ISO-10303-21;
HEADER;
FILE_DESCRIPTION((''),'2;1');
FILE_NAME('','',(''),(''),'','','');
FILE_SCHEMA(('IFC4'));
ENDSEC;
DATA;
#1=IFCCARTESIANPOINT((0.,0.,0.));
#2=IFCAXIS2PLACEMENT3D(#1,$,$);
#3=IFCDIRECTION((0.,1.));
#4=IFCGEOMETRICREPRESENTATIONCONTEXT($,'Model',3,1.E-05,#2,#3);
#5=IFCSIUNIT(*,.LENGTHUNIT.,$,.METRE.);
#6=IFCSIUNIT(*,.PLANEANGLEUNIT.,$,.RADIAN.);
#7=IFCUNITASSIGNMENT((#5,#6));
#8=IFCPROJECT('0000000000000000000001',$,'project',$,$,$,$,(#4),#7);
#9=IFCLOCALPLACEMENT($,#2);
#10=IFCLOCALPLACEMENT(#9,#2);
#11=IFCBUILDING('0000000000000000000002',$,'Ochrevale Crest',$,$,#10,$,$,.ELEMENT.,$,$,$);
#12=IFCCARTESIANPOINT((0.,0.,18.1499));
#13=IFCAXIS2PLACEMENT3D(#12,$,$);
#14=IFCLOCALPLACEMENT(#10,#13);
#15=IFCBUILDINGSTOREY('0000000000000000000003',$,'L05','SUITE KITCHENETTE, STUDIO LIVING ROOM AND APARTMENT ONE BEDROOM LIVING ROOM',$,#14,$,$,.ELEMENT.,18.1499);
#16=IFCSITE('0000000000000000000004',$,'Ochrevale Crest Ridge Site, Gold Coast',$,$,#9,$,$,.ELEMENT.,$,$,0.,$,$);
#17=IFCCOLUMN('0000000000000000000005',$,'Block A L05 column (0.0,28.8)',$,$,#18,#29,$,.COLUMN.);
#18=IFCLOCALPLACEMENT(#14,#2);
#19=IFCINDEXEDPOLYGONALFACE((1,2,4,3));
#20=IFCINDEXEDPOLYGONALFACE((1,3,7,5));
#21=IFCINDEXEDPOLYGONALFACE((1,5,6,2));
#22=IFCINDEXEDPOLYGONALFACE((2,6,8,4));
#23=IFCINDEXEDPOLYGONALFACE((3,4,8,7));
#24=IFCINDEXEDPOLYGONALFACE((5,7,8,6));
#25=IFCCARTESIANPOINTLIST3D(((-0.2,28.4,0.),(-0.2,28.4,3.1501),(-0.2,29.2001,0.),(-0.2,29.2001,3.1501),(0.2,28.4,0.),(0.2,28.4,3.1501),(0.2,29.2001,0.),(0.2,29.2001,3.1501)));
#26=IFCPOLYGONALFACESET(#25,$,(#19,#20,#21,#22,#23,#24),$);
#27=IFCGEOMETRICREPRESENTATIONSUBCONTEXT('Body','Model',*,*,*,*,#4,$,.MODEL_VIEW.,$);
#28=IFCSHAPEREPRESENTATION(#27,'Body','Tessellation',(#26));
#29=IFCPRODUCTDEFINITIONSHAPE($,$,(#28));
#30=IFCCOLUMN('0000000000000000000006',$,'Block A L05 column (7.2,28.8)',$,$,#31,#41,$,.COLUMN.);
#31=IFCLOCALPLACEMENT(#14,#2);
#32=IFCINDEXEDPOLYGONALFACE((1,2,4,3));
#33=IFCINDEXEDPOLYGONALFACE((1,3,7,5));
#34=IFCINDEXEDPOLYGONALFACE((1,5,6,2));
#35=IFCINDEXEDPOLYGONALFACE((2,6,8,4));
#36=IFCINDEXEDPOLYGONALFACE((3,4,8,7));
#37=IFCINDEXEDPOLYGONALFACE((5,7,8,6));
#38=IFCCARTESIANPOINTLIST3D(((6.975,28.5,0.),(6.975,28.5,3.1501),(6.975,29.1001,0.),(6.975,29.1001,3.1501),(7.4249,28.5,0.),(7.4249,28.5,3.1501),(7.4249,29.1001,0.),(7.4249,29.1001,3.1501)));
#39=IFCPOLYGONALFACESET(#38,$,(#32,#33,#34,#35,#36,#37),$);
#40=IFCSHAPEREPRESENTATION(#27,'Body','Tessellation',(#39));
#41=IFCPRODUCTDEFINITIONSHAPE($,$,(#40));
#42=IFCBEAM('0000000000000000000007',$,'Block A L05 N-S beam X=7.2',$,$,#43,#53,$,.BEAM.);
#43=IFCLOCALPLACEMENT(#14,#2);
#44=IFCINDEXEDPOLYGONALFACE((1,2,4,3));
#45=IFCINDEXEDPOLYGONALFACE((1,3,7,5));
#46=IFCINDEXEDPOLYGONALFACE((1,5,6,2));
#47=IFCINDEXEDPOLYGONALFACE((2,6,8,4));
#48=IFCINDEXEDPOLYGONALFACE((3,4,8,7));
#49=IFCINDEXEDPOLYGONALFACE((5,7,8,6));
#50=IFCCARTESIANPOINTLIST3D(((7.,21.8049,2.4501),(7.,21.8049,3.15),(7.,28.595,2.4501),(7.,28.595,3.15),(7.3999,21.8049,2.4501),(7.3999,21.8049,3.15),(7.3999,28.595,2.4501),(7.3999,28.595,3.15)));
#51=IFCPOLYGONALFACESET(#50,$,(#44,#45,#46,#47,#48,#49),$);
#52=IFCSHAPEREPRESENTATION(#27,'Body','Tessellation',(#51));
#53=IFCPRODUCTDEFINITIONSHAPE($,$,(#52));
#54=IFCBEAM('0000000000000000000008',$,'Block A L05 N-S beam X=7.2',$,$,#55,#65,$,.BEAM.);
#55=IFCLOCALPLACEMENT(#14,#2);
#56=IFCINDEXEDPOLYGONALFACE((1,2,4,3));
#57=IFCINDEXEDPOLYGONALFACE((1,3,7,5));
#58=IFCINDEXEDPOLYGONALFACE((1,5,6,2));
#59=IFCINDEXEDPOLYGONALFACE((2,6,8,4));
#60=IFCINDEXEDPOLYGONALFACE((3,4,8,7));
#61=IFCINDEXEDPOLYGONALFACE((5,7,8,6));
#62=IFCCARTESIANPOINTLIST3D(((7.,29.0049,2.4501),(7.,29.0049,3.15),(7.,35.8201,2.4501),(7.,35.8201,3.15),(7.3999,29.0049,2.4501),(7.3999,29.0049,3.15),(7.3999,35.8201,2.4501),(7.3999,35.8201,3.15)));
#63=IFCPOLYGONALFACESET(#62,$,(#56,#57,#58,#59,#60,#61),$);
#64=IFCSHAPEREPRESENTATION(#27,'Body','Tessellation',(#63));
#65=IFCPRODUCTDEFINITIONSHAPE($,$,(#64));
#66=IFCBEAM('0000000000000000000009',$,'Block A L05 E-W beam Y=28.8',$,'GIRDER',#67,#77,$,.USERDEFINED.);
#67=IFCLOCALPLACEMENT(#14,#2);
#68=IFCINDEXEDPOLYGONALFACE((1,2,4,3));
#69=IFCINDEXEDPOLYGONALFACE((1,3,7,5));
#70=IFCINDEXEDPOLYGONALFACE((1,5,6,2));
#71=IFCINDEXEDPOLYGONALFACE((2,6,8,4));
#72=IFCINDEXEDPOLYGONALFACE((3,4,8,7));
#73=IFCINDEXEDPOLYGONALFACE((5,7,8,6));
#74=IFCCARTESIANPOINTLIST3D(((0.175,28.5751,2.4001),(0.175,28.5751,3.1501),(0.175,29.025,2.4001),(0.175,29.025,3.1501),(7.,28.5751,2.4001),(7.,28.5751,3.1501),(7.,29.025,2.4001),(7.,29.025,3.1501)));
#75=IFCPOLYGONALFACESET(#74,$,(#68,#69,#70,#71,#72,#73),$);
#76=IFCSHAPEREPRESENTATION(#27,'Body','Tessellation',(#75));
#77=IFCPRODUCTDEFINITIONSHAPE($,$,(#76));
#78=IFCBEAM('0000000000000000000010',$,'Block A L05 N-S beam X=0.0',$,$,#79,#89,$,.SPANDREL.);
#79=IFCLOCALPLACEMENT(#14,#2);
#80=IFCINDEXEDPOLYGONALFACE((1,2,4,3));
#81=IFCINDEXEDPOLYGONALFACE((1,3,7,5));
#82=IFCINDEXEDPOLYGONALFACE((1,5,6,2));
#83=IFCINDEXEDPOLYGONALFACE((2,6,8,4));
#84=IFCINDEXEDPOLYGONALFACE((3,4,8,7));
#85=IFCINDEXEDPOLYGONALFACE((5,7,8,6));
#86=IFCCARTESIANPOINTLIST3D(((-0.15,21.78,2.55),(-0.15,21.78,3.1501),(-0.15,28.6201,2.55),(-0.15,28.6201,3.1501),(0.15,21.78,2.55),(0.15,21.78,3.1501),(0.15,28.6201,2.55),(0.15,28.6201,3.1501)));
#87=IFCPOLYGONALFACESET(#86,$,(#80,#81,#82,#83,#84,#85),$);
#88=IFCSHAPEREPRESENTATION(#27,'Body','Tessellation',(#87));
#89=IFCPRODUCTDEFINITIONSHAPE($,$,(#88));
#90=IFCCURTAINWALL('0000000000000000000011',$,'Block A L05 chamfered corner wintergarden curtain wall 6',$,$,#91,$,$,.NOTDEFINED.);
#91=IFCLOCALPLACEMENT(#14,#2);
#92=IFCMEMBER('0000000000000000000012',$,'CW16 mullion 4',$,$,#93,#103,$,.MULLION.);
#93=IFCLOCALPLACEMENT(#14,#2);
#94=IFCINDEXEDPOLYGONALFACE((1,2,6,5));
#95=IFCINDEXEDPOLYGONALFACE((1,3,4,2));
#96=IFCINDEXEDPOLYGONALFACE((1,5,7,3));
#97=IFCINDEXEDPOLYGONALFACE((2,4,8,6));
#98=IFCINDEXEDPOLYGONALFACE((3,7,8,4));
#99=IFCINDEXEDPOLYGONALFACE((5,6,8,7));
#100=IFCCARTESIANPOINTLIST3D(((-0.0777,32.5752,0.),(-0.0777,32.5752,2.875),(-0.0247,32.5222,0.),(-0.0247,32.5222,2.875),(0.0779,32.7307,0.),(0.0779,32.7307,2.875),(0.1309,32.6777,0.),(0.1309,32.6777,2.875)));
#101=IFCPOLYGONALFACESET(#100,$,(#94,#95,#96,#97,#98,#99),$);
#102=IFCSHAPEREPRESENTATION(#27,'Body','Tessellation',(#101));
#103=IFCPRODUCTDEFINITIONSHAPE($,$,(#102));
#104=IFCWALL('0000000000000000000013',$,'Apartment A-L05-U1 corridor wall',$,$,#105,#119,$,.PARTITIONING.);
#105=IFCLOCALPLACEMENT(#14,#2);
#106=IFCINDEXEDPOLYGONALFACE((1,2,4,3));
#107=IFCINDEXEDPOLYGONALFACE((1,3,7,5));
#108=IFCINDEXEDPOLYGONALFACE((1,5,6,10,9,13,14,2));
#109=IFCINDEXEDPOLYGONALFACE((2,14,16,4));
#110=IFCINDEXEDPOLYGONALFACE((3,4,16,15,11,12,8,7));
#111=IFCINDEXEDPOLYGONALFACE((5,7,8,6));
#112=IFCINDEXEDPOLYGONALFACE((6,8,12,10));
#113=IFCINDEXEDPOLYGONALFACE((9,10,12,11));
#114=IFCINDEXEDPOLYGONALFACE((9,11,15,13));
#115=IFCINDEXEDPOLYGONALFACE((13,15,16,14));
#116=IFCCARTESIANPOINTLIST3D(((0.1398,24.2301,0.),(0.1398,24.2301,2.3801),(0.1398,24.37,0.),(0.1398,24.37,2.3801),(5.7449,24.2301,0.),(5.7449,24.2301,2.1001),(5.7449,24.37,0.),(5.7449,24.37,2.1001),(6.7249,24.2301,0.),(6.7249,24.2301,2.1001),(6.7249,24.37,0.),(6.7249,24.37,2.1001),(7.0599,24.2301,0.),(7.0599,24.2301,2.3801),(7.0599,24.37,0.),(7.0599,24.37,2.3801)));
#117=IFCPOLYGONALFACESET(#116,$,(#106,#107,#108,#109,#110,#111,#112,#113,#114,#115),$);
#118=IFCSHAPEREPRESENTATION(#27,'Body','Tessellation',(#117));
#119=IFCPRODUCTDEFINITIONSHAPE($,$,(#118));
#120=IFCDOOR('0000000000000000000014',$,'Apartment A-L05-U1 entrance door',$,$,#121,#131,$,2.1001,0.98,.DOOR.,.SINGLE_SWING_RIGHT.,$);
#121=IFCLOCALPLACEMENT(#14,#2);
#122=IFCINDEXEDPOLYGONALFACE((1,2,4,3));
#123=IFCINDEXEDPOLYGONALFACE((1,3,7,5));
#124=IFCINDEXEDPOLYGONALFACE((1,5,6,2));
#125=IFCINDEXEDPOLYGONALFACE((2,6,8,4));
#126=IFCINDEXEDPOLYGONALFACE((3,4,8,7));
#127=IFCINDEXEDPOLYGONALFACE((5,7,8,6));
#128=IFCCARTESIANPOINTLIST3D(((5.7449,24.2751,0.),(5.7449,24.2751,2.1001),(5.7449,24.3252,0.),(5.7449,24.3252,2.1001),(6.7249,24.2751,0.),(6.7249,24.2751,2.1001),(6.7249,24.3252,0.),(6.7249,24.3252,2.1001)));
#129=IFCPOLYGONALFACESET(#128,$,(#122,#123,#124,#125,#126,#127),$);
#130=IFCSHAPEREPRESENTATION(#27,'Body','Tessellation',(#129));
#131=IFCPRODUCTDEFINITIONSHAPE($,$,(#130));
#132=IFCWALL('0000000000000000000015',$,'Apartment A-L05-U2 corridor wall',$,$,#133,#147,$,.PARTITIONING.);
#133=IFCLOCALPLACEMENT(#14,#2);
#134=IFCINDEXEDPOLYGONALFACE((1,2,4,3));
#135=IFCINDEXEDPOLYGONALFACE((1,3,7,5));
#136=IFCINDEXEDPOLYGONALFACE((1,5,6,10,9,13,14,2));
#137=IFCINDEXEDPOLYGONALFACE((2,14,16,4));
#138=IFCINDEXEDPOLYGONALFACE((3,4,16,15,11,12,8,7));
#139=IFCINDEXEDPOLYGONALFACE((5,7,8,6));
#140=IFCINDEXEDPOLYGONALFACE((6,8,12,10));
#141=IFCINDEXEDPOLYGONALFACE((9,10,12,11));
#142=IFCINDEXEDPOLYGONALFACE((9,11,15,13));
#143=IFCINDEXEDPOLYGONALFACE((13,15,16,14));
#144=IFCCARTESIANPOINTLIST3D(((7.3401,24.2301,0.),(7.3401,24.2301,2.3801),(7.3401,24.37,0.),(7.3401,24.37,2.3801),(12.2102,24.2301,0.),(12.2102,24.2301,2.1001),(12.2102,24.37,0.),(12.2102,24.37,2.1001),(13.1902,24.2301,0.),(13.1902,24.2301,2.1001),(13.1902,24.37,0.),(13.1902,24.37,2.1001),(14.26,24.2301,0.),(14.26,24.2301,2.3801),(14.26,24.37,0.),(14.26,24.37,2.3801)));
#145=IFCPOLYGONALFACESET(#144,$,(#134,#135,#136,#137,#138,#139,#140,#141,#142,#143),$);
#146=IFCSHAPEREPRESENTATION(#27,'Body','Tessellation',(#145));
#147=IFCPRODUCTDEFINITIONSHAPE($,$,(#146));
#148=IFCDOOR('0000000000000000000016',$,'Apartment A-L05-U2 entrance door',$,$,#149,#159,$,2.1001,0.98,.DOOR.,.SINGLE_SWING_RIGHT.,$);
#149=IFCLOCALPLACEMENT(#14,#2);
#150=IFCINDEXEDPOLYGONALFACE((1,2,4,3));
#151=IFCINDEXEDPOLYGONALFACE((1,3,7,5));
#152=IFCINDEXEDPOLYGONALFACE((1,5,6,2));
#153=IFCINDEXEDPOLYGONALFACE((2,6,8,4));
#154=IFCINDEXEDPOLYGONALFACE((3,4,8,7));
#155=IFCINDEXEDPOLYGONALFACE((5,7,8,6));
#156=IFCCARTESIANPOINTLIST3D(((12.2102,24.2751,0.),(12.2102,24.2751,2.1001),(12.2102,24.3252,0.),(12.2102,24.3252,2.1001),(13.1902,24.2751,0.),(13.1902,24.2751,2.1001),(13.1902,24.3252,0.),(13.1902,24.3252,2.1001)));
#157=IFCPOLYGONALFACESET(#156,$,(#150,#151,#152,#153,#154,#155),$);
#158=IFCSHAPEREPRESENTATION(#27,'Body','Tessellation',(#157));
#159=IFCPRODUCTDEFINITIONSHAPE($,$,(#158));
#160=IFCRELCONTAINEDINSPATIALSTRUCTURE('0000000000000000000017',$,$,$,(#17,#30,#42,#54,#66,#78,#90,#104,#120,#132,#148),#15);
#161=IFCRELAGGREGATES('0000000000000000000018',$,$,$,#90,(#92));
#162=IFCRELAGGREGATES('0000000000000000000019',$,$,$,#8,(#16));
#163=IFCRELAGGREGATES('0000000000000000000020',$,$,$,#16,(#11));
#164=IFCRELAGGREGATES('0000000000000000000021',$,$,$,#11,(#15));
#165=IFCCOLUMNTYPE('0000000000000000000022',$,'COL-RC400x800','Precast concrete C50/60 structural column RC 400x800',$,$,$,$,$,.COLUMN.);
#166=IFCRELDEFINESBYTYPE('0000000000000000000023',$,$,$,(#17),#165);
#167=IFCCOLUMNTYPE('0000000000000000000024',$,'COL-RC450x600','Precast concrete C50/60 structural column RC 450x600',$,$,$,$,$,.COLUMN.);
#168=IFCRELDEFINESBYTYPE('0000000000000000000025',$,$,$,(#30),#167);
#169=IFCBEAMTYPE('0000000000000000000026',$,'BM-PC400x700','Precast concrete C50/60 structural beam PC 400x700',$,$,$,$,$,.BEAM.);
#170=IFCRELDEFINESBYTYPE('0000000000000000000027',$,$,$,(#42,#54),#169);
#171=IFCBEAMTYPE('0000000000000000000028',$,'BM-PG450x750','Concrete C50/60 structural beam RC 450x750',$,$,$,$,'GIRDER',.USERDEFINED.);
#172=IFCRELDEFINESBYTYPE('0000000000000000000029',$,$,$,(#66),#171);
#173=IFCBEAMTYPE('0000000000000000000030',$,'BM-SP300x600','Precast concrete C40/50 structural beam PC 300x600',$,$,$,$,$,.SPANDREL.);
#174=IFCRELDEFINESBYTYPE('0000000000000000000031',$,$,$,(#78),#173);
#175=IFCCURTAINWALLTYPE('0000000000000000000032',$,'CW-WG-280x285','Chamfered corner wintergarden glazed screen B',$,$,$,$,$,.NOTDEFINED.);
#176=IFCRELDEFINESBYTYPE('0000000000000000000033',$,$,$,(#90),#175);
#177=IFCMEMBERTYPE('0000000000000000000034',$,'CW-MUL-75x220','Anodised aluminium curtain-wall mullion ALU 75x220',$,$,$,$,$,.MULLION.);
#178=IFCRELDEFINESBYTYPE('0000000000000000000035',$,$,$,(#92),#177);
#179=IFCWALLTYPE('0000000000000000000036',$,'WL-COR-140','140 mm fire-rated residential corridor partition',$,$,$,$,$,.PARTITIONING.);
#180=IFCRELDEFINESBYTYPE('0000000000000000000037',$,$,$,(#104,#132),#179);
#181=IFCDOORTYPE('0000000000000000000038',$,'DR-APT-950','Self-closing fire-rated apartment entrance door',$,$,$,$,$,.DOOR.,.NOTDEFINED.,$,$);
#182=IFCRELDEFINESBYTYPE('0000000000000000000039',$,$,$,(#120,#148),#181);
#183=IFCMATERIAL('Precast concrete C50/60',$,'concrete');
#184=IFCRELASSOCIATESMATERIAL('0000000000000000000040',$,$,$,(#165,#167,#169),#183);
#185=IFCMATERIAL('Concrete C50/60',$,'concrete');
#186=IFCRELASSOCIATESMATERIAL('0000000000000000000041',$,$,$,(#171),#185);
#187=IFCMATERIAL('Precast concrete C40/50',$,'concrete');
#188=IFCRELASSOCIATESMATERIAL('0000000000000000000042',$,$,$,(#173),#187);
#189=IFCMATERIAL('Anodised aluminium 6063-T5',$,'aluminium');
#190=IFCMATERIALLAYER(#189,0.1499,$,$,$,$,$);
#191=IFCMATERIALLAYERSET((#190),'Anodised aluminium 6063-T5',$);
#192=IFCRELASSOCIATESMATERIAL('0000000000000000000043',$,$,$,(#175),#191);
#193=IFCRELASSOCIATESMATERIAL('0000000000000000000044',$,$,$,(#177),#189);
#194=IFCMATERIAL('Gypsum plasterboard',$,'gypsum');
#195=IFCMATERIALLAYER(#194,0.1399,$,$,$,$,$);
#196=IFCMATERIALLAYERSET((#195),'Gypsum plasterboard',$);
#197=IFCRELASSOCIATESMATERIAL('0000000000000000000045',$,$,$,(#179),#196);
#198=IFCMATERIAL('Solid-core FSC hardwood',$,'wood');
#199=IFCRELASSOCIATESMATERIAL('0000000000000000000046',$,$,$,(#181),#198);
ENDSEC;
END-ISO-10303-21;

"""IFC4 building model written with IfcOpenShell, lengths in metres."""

from ifc_helpers import new_model, si_unit, direction, frame, frame_2d, origin, origin_2d, place, context, subcontext, project, spatial, rectangle, extrude, material, layer, layer_set, material_profile, profile_set, type_object, element, fill, aggregate, save


model = new_model("IFC4")

# Units and contexts
model_context = context("Model", 3, precision=1e-05, world=origin(), true_north=direction((0.0, 1.0)))
body_context = subcontext(model_context, "Body", "Model", "MODEL_VIEW")
ifc_project = project(units=[si_unit("LENGTHUNIT", "METRE"), si_unit("PLANEANGLEUNIT", "RADIAN")], contexts=[model_context])

# Site, building, storey
site_placement = place(None, origin())
site = spatial("IfcSite", under=ifc_project, at=site_placement, Name="Ochrevale Crest Ridge Site, Gold Coast", CompositionType="ELEMENT", RefElevation=0.0)
building_placement = place(site_placement, origin())
building = spatial("IfcBuilding", under=site, at=building_placement, Name="Ochrevale Crest", CompositionType="ELEMENT")
storey_placement = place(building_placement, frame((0.0, 0.0, 18.1499)))
storey = spatial("IfcBuildingStorey", under=building, at=storey_placement, Name="L05", Description="SUITE KITCHENETTE, STUDIO LIVING ROOM AND APARTMENT ONE BEDROOM LIVING ROOM", CompositionType="ELEMENT", Elevation=18.1499)

# Columns
ifc_material_1 = material(Name="Precast concrete C50/60", Category="concrete")
ifc_material_profile_1 = material_profile(ifc_material_1, rectangle(XDim=0.3999, YDim=0.8, at=origin_2d()), Name="RC 400x800")
ifc_profile_set_1 = profile_set([ifc_material_profile_1], Name="Precast concrete C50/60")
column_type_1 = type_object("IfcColumnType", Name="COL-RC400x800", Description="Precast concrete C50/60 structural column RC 400x800", PredefinedType="COLUMN", material=ifc_profile_set_1)
column_1_placement = place(storey_placement, frame((0.0, 28.8, 0.0), z_axis=(0.0, 0.0, 1.0), x_axis=(1.0, 0.0, 0.0)))
element("IfcColumn", 1, at=column_1_placement, inside=storey, type_object=column_type_1, Name="Block A L05 column (0.0,28.8)", PredefinedType="COLUMN", context=body_context, shape_type="SweptSolid", body=[
    extrude(rectangle(XDim=0.3999, YDim=0.8, at=origin_2d()), origin(), (0.0, 0.0, 1.0), 3.1501),
])
ifc_material_profile_2 = material_profile(ifc_material_1, rectangle(XDim=0.45, YDim=0.6001, at=origin_2d()), Name="RC 450x600")
ifc_profile_set_2 = profile_set([ifc_material_profile_2], Name="Precast concrete C50/60")
column_type_2 = type_object("IfcColumnType", Name="COL-RC450x600", Description="Precast concrete C50/60 structural column RC 450x600", PredefinedType="COLUMN", material=ifc_profile_set_2)
column_2_placement = place(storey_placement, frame((7.2, 28.8, 0.0), z_axis=(0.0, 0.0, 1.0), x_axis=(1.0, 0.0, 0.0)))
element("IfcColumn", 2, at=column_2_placement, inside=storey, type_object=column_type_2, Name="Block A L05 column (7.2,28.8)", PredefinedType="COLUMN", context=body_context, shape_type="SweptSolid", body=[
    extrude(rectangle(XDim=0.45, YDim=0.6001, at=origin_2d()), origin(), (0.0, 0.0, 1.0), 3.1501),
])

# Beams
ifc_material_profile_3 = material_profile(ifc_material_1, rectangle(XDim=0.3999, YDim=0.7, at=origin_2d()), Name="PC 400x700")
ifc_profile_set_3 = profile_set([ifc_material_profile_3], Name="Precast concrete C50/60")
beam_type_1 = type_object("IfcBeamType", Name="BM-PC400x700", Description="Precast concrete C50/60 structural beam PC 400x700", PredefinedType="BEAM", material=ifc_profile_set_3)
beam_1_placement = place(storey_placement, frame((7.2, 21.8049, 2.8), z_axis=(0.0, 1.0, 0.0), x_axis=(-1.0, 0.0, 0.0)))
element("IfcBeam", 3, at=beam_1_placement, inside=storey, type_object=beam_type_1, Name="Block A L05 N-S beam X=7.2", PredefinedType="BEAM", context=body_context, shape_type="SweptSolid", body=[
    extrude(rectangle(XDim=0.3999, YDim=0.7, at=origin_2d()), origin(), (0.0, 0.0, 1.0), 6.79),
])
beam_2_placement = place(storey_placement, frame((7.2, 29.0049, 2.8), z_axis=(0.0, 1.0, 0.0), x_axis=(-1.0, 0.0, 0.0)))
element("IfcBeam", 4, at=beam_2_placement, inside=storey, type_object=beam_type_1, Name="Block A L05 N-S beam X=7.2", PredefinedType="BEAM", context=body_context, shape_type="SweptSolid", body=[
    extrude(rectangle(XDim=0.3999, YDim=0.7, at=origin_2d()), origin(), (0.0, 0.0, 1.0), 6.8152),
])
ifc_material_2 = material(Name="Concrete C50/60", Category="concrete")
ifc_material_profile_4 = material_profile(ifc_material_2, rectangle(XDim=0.45, YDim=0.75, at=origin_2d()), Name="RC 450x750")
ifc_profile_set_4 = profile_set([ifc_material_profile_4], Name="Concrete C50/60")
beam_type_2 = type_object("IfcBeamType", Name="BM-PG450x750", Description="Concrete C50/60 structural beam RC 450x750", ElementType="GIRDER", PredefinedType="USERDEFINED", material=ifc_profile_set_4)
beam_3_placement = place(storey_placement, frame((0.175, 28.8, 2.7751), z_axis=(1.0, 0.0, 0.0), x_axis=(0.0, 1.0, 0.0)))
element("IfcBeam", 5, at=beam_3_placement, inside=storey, type_object=beam_type_2, Name="Block A L05 E-W beam Y=28.8", ObjectType="GIRDER", PredefinedType="USERDEFINED", context=body_context, shape_type="SweptSolid", body=[
    extrude(rectangle(XDim=0.45, YDim=0.75, at=origin_2d()), origin(), (0.0, 0.0, 1.0), 6.825),
])
ifc_material_3 = material(Name="Precast concrete C40/50", Category="concrete")
ifc_material_profile_5 = material_profile(ifc_material_3, rectangle(XDim=0.3, YDim=0.6001, at=origin_2d()), Name="PC 300x600")
ifc_profile_set_5 = profile_set([ifc_material_profile_5], Name="Precast concrete C40/50")
beam_type_3 = type_object("IfcBeamType", Name="BM-SP300x600", Description="Precast concrete C40/50 structural beam PC 300x600", PredefinedType="SPANDREL", material=ifc_profile_set_5)
beam_4_placement = place(storey_placement, frame((0.0, 21.78, 2.8501), z_axis=(0.0, 1.0, 0.0), x_axis=(-1.0, 0.0, 0.0)))
element("IfcBeam", 6, at=beam_4_placement, inside=storey, type_object=beam_type_3, Name="Block A L05 N-S beam X=0.0", PredefinedType="SPANDREL", context=body_context, shape_type="SweptSolid", body=[
    extrude(rectangle(XDim=0.3, YDim=0.6001, at=origin_2d()), origin(), (0.0, 0.0, 1.0), 6.8401),
])

# Curtain wall, member
ifc_material_4 = material(Name="Anodised aluminium 6063-T5", Category="aluminium")
ifc_layer_1 = layer(ifc_material_4, 0.1499)
ifc_layer_set_1 = layer_set([ifc_layer_1], Name="Anodised aluminium 6063-T5")
curtain_wall_type = type_object("IfcCurtainWallType", Name="CW-WG-280x285", Description="Chamfered corner wintergarden glazed screen B", PredefinedType="NOTDEFINED", material=ifc_layer_set_1)
curtain_wall_placement = place(storey_placement, origin())
curtain_wall = element("IfcCurtainWall", 7, at=curtain_wall_placement, inside=storey, type_object=curtain_wall_type, Name="Block A L05 chamfered corner wintergarden curtain wall 6", PredefinedType="NOTDEFINED")
ifc_material_profile_6 = material_profile(ifc_material_4, rectangle(XDim=0.075, YDim=0.22, at=origin_2d()), Name="ALU 75x220")
ifc_profile_set_6 = profile_set([ifc_material_profile_6], Name="Anodised aluminium 6063-T5")
member_type = type_object("IfcMemberType", Name="CW-MUL-75x220", Description="Anodised aluminium curtain-wall mullion ALU 75x220", PredefinedType="MULLION", material=ifc_profile_set_6)
member_placement = place(storey_placement, frame((0.0266, 32.6265, 0.0), z_axis=(0.0, 0.0, 1.0), x_axis=(0.707107, -0.707107, 0.0)))
member = element("IfcMember", 8, at=member_placement, type_object=member_type, Name="CW16 mullion 4", PredefinedType="MULLION", context=body_context, shape_type="SweptSolid", body=[
    extrude(rectangle(XDim=0.075, YDim=0.22, at=origin_2d()), origin(), (0.0, 0.0, 1.0), 2.875),
])
aggregate(curtain_wall, [member])

# Walls, openings, doors
ifc_material_5 = material(Name="Gypsum plasterboard", Category="gypsum")
ifc_layer_2 = layer(ifc_material_5, 0.1399)
ifc_layer_set_2 = layer_set([ifc_layer_2], Name="Gypsum plasterboard")
wall_type_1 = type_object("IfcWallType", Name="WL-COR-140", Description="140 mm fire-rated residential corridor partition", PredefinedType="PARTITIONING", material=ifc_layer_set_2)
wall_1_placement = place(storey_placement, frame((0.1399, 24.3, 0.0), z_axis=(0.0, 0.0, 1.0), x_axis=(1.0, 0.0, 0.0)))
wall_1 = element("IfcWall", 9, at=wall_1_placement, inside=storey, type_object=wall_type_1, Name="Apartment A-L05-U1 corridor wall", PredefinedType="PARTITIONING", context=body_context, shape_type="SweptSolid", body=[
    extrude(rectangle(XDim=6.9202, YDim=0.1399, at=frame_2d((3.46, 0.0))), origin(), (0.0, 0.0, 1.0), 2.3801),
])
opening_1_placement = place(wall_1_placement, frame((6.585, 0.0, 0.0), z_axis=(0.0, 0.0, 1.0), x_axis=(-1.0, 0.0, 0.0)))
opening_1 = element("IfcOpeningElement", 10, at=opening_1_placement, cuts=wall_1, PredefinedType="OPENING", context=body_context, shape_type="SweptSolid", body=[
    extrude(rectangle(XDim=0.98, YDim=2.1001, at=frame_2d((0.49, 1.05))), frame((0.0, 0.0801, 0.0), z_axis=(0.0, -1.0, 0.0), x_axis=(1.0, 0.0, 0.0)), (0.0, 0.0, 1.0), 0.1599),
])
ifc_material_6 = material(Name="Solid-core FSC hardwood", Category="wood")
door_type_1 = type_object("IfcDoorType", Name="DR-APT-950", Description="Self-closing fire-rated apartment entrance door", OperationType="NOTDEFINED", PredefinedType="DOOR", material=ifc_material_6)
door_1_placement = place(opening_1_placement, origin())
door_1 = element("IfcDoor", 11, at=door_1_placement, inside=storey, type_object=door_type_1, Name="Apartment A-L05-U1 entrance door", OperationType="SINGLE_SWING_RIGHT", OverallHeight=2.1001, OverallWidth=0.98, PredefinedType="DOOR", context=body_context, shape_type="SweptSolid", body=[
    extrude(rectangle(XDim=0.98, YDim=2.1001, at=frame_2d((0.49, 1.05))), frame((0.0, 0.0249, 0.0), z_axis=(0.0, -1.0, 0.0), x_axis=(1.0, 0.0, 0.0)), (0.0, 0.0, 1.0), 0.05),
])
fill(opening_1, door_1)
wall_2_placement = place(storey_placement, frame((7.3401, 24.3, 0.0), z_axis=(0.0, 0.0, 1.0), x_axis=(1.0, 0.0, 0.0)))
wall_2 = element("IfcWall", 12, at=wall_2_placement, inside=storey, type_object=wall_type_1, Name="Apartment A-L05-U2 corridor wall", PredefinedType="PARTITIONING", context=body_context, shape_type="SweptSolid", body=[
    extrude(rectangle(XDim=6.9199, YDim=0.1399, at=frame_2d((3.46, 0.0))), origin(), (0.0, 0.0, 1.0), 2.3801),
])
opening_2_placement = place(wall_2_placement, frame((5.8501, 0.0, 0.0), z_axis=(0.0, 0.0, 1.0), x_axis=(-1.0, 0.0, 0.0)))
opening_2 = element("IfcOpeningElement", 13, at=opening_2_placement, cuts=wall_2, PredefinedType="OPENING", context=body_context, shape_type="SweptSolid", body=[
    extrude(rectangle(XDim=0.98, YDim=2.1001, at=frame_2d((0.49, 1.05))), frame((0.0, 0.0801, 0.0), z_axis=(0.0, -1.0, 0.0), x_axis=(1.0, 0.0, 0.0)), (0.0, 0.0, 1.0), 0.1599),
])
door_2_placement = place(opening_2_placement, origin())
door_2 = element("IfcDoor", 14, at=door_2_placement, inside=storey, type_object=door_type_1, Name="Apartment A-L05-U2 entrance door", OperationType="SINGLE_SWING_RIGHT", OverallHeight=2.1001, OverallWidth=0.98, PredefinedType="DOOR", context=body_context, shape_type="SweptSolid", body=[
    extrude(rectangle(XDim=0.98, YDim=2.1001, at=frame_2d((0.49, 1.05))), frame((0.0, 0.0249, 0.0), z_axis=(0.0, -1.0, 0.0), x_axis=(1.0, 0.0, 0.0)), (0.0, 0.0, 1.0), 0.05),
])
fill(opening_2, door_2)

save(model, "model.ifc")
